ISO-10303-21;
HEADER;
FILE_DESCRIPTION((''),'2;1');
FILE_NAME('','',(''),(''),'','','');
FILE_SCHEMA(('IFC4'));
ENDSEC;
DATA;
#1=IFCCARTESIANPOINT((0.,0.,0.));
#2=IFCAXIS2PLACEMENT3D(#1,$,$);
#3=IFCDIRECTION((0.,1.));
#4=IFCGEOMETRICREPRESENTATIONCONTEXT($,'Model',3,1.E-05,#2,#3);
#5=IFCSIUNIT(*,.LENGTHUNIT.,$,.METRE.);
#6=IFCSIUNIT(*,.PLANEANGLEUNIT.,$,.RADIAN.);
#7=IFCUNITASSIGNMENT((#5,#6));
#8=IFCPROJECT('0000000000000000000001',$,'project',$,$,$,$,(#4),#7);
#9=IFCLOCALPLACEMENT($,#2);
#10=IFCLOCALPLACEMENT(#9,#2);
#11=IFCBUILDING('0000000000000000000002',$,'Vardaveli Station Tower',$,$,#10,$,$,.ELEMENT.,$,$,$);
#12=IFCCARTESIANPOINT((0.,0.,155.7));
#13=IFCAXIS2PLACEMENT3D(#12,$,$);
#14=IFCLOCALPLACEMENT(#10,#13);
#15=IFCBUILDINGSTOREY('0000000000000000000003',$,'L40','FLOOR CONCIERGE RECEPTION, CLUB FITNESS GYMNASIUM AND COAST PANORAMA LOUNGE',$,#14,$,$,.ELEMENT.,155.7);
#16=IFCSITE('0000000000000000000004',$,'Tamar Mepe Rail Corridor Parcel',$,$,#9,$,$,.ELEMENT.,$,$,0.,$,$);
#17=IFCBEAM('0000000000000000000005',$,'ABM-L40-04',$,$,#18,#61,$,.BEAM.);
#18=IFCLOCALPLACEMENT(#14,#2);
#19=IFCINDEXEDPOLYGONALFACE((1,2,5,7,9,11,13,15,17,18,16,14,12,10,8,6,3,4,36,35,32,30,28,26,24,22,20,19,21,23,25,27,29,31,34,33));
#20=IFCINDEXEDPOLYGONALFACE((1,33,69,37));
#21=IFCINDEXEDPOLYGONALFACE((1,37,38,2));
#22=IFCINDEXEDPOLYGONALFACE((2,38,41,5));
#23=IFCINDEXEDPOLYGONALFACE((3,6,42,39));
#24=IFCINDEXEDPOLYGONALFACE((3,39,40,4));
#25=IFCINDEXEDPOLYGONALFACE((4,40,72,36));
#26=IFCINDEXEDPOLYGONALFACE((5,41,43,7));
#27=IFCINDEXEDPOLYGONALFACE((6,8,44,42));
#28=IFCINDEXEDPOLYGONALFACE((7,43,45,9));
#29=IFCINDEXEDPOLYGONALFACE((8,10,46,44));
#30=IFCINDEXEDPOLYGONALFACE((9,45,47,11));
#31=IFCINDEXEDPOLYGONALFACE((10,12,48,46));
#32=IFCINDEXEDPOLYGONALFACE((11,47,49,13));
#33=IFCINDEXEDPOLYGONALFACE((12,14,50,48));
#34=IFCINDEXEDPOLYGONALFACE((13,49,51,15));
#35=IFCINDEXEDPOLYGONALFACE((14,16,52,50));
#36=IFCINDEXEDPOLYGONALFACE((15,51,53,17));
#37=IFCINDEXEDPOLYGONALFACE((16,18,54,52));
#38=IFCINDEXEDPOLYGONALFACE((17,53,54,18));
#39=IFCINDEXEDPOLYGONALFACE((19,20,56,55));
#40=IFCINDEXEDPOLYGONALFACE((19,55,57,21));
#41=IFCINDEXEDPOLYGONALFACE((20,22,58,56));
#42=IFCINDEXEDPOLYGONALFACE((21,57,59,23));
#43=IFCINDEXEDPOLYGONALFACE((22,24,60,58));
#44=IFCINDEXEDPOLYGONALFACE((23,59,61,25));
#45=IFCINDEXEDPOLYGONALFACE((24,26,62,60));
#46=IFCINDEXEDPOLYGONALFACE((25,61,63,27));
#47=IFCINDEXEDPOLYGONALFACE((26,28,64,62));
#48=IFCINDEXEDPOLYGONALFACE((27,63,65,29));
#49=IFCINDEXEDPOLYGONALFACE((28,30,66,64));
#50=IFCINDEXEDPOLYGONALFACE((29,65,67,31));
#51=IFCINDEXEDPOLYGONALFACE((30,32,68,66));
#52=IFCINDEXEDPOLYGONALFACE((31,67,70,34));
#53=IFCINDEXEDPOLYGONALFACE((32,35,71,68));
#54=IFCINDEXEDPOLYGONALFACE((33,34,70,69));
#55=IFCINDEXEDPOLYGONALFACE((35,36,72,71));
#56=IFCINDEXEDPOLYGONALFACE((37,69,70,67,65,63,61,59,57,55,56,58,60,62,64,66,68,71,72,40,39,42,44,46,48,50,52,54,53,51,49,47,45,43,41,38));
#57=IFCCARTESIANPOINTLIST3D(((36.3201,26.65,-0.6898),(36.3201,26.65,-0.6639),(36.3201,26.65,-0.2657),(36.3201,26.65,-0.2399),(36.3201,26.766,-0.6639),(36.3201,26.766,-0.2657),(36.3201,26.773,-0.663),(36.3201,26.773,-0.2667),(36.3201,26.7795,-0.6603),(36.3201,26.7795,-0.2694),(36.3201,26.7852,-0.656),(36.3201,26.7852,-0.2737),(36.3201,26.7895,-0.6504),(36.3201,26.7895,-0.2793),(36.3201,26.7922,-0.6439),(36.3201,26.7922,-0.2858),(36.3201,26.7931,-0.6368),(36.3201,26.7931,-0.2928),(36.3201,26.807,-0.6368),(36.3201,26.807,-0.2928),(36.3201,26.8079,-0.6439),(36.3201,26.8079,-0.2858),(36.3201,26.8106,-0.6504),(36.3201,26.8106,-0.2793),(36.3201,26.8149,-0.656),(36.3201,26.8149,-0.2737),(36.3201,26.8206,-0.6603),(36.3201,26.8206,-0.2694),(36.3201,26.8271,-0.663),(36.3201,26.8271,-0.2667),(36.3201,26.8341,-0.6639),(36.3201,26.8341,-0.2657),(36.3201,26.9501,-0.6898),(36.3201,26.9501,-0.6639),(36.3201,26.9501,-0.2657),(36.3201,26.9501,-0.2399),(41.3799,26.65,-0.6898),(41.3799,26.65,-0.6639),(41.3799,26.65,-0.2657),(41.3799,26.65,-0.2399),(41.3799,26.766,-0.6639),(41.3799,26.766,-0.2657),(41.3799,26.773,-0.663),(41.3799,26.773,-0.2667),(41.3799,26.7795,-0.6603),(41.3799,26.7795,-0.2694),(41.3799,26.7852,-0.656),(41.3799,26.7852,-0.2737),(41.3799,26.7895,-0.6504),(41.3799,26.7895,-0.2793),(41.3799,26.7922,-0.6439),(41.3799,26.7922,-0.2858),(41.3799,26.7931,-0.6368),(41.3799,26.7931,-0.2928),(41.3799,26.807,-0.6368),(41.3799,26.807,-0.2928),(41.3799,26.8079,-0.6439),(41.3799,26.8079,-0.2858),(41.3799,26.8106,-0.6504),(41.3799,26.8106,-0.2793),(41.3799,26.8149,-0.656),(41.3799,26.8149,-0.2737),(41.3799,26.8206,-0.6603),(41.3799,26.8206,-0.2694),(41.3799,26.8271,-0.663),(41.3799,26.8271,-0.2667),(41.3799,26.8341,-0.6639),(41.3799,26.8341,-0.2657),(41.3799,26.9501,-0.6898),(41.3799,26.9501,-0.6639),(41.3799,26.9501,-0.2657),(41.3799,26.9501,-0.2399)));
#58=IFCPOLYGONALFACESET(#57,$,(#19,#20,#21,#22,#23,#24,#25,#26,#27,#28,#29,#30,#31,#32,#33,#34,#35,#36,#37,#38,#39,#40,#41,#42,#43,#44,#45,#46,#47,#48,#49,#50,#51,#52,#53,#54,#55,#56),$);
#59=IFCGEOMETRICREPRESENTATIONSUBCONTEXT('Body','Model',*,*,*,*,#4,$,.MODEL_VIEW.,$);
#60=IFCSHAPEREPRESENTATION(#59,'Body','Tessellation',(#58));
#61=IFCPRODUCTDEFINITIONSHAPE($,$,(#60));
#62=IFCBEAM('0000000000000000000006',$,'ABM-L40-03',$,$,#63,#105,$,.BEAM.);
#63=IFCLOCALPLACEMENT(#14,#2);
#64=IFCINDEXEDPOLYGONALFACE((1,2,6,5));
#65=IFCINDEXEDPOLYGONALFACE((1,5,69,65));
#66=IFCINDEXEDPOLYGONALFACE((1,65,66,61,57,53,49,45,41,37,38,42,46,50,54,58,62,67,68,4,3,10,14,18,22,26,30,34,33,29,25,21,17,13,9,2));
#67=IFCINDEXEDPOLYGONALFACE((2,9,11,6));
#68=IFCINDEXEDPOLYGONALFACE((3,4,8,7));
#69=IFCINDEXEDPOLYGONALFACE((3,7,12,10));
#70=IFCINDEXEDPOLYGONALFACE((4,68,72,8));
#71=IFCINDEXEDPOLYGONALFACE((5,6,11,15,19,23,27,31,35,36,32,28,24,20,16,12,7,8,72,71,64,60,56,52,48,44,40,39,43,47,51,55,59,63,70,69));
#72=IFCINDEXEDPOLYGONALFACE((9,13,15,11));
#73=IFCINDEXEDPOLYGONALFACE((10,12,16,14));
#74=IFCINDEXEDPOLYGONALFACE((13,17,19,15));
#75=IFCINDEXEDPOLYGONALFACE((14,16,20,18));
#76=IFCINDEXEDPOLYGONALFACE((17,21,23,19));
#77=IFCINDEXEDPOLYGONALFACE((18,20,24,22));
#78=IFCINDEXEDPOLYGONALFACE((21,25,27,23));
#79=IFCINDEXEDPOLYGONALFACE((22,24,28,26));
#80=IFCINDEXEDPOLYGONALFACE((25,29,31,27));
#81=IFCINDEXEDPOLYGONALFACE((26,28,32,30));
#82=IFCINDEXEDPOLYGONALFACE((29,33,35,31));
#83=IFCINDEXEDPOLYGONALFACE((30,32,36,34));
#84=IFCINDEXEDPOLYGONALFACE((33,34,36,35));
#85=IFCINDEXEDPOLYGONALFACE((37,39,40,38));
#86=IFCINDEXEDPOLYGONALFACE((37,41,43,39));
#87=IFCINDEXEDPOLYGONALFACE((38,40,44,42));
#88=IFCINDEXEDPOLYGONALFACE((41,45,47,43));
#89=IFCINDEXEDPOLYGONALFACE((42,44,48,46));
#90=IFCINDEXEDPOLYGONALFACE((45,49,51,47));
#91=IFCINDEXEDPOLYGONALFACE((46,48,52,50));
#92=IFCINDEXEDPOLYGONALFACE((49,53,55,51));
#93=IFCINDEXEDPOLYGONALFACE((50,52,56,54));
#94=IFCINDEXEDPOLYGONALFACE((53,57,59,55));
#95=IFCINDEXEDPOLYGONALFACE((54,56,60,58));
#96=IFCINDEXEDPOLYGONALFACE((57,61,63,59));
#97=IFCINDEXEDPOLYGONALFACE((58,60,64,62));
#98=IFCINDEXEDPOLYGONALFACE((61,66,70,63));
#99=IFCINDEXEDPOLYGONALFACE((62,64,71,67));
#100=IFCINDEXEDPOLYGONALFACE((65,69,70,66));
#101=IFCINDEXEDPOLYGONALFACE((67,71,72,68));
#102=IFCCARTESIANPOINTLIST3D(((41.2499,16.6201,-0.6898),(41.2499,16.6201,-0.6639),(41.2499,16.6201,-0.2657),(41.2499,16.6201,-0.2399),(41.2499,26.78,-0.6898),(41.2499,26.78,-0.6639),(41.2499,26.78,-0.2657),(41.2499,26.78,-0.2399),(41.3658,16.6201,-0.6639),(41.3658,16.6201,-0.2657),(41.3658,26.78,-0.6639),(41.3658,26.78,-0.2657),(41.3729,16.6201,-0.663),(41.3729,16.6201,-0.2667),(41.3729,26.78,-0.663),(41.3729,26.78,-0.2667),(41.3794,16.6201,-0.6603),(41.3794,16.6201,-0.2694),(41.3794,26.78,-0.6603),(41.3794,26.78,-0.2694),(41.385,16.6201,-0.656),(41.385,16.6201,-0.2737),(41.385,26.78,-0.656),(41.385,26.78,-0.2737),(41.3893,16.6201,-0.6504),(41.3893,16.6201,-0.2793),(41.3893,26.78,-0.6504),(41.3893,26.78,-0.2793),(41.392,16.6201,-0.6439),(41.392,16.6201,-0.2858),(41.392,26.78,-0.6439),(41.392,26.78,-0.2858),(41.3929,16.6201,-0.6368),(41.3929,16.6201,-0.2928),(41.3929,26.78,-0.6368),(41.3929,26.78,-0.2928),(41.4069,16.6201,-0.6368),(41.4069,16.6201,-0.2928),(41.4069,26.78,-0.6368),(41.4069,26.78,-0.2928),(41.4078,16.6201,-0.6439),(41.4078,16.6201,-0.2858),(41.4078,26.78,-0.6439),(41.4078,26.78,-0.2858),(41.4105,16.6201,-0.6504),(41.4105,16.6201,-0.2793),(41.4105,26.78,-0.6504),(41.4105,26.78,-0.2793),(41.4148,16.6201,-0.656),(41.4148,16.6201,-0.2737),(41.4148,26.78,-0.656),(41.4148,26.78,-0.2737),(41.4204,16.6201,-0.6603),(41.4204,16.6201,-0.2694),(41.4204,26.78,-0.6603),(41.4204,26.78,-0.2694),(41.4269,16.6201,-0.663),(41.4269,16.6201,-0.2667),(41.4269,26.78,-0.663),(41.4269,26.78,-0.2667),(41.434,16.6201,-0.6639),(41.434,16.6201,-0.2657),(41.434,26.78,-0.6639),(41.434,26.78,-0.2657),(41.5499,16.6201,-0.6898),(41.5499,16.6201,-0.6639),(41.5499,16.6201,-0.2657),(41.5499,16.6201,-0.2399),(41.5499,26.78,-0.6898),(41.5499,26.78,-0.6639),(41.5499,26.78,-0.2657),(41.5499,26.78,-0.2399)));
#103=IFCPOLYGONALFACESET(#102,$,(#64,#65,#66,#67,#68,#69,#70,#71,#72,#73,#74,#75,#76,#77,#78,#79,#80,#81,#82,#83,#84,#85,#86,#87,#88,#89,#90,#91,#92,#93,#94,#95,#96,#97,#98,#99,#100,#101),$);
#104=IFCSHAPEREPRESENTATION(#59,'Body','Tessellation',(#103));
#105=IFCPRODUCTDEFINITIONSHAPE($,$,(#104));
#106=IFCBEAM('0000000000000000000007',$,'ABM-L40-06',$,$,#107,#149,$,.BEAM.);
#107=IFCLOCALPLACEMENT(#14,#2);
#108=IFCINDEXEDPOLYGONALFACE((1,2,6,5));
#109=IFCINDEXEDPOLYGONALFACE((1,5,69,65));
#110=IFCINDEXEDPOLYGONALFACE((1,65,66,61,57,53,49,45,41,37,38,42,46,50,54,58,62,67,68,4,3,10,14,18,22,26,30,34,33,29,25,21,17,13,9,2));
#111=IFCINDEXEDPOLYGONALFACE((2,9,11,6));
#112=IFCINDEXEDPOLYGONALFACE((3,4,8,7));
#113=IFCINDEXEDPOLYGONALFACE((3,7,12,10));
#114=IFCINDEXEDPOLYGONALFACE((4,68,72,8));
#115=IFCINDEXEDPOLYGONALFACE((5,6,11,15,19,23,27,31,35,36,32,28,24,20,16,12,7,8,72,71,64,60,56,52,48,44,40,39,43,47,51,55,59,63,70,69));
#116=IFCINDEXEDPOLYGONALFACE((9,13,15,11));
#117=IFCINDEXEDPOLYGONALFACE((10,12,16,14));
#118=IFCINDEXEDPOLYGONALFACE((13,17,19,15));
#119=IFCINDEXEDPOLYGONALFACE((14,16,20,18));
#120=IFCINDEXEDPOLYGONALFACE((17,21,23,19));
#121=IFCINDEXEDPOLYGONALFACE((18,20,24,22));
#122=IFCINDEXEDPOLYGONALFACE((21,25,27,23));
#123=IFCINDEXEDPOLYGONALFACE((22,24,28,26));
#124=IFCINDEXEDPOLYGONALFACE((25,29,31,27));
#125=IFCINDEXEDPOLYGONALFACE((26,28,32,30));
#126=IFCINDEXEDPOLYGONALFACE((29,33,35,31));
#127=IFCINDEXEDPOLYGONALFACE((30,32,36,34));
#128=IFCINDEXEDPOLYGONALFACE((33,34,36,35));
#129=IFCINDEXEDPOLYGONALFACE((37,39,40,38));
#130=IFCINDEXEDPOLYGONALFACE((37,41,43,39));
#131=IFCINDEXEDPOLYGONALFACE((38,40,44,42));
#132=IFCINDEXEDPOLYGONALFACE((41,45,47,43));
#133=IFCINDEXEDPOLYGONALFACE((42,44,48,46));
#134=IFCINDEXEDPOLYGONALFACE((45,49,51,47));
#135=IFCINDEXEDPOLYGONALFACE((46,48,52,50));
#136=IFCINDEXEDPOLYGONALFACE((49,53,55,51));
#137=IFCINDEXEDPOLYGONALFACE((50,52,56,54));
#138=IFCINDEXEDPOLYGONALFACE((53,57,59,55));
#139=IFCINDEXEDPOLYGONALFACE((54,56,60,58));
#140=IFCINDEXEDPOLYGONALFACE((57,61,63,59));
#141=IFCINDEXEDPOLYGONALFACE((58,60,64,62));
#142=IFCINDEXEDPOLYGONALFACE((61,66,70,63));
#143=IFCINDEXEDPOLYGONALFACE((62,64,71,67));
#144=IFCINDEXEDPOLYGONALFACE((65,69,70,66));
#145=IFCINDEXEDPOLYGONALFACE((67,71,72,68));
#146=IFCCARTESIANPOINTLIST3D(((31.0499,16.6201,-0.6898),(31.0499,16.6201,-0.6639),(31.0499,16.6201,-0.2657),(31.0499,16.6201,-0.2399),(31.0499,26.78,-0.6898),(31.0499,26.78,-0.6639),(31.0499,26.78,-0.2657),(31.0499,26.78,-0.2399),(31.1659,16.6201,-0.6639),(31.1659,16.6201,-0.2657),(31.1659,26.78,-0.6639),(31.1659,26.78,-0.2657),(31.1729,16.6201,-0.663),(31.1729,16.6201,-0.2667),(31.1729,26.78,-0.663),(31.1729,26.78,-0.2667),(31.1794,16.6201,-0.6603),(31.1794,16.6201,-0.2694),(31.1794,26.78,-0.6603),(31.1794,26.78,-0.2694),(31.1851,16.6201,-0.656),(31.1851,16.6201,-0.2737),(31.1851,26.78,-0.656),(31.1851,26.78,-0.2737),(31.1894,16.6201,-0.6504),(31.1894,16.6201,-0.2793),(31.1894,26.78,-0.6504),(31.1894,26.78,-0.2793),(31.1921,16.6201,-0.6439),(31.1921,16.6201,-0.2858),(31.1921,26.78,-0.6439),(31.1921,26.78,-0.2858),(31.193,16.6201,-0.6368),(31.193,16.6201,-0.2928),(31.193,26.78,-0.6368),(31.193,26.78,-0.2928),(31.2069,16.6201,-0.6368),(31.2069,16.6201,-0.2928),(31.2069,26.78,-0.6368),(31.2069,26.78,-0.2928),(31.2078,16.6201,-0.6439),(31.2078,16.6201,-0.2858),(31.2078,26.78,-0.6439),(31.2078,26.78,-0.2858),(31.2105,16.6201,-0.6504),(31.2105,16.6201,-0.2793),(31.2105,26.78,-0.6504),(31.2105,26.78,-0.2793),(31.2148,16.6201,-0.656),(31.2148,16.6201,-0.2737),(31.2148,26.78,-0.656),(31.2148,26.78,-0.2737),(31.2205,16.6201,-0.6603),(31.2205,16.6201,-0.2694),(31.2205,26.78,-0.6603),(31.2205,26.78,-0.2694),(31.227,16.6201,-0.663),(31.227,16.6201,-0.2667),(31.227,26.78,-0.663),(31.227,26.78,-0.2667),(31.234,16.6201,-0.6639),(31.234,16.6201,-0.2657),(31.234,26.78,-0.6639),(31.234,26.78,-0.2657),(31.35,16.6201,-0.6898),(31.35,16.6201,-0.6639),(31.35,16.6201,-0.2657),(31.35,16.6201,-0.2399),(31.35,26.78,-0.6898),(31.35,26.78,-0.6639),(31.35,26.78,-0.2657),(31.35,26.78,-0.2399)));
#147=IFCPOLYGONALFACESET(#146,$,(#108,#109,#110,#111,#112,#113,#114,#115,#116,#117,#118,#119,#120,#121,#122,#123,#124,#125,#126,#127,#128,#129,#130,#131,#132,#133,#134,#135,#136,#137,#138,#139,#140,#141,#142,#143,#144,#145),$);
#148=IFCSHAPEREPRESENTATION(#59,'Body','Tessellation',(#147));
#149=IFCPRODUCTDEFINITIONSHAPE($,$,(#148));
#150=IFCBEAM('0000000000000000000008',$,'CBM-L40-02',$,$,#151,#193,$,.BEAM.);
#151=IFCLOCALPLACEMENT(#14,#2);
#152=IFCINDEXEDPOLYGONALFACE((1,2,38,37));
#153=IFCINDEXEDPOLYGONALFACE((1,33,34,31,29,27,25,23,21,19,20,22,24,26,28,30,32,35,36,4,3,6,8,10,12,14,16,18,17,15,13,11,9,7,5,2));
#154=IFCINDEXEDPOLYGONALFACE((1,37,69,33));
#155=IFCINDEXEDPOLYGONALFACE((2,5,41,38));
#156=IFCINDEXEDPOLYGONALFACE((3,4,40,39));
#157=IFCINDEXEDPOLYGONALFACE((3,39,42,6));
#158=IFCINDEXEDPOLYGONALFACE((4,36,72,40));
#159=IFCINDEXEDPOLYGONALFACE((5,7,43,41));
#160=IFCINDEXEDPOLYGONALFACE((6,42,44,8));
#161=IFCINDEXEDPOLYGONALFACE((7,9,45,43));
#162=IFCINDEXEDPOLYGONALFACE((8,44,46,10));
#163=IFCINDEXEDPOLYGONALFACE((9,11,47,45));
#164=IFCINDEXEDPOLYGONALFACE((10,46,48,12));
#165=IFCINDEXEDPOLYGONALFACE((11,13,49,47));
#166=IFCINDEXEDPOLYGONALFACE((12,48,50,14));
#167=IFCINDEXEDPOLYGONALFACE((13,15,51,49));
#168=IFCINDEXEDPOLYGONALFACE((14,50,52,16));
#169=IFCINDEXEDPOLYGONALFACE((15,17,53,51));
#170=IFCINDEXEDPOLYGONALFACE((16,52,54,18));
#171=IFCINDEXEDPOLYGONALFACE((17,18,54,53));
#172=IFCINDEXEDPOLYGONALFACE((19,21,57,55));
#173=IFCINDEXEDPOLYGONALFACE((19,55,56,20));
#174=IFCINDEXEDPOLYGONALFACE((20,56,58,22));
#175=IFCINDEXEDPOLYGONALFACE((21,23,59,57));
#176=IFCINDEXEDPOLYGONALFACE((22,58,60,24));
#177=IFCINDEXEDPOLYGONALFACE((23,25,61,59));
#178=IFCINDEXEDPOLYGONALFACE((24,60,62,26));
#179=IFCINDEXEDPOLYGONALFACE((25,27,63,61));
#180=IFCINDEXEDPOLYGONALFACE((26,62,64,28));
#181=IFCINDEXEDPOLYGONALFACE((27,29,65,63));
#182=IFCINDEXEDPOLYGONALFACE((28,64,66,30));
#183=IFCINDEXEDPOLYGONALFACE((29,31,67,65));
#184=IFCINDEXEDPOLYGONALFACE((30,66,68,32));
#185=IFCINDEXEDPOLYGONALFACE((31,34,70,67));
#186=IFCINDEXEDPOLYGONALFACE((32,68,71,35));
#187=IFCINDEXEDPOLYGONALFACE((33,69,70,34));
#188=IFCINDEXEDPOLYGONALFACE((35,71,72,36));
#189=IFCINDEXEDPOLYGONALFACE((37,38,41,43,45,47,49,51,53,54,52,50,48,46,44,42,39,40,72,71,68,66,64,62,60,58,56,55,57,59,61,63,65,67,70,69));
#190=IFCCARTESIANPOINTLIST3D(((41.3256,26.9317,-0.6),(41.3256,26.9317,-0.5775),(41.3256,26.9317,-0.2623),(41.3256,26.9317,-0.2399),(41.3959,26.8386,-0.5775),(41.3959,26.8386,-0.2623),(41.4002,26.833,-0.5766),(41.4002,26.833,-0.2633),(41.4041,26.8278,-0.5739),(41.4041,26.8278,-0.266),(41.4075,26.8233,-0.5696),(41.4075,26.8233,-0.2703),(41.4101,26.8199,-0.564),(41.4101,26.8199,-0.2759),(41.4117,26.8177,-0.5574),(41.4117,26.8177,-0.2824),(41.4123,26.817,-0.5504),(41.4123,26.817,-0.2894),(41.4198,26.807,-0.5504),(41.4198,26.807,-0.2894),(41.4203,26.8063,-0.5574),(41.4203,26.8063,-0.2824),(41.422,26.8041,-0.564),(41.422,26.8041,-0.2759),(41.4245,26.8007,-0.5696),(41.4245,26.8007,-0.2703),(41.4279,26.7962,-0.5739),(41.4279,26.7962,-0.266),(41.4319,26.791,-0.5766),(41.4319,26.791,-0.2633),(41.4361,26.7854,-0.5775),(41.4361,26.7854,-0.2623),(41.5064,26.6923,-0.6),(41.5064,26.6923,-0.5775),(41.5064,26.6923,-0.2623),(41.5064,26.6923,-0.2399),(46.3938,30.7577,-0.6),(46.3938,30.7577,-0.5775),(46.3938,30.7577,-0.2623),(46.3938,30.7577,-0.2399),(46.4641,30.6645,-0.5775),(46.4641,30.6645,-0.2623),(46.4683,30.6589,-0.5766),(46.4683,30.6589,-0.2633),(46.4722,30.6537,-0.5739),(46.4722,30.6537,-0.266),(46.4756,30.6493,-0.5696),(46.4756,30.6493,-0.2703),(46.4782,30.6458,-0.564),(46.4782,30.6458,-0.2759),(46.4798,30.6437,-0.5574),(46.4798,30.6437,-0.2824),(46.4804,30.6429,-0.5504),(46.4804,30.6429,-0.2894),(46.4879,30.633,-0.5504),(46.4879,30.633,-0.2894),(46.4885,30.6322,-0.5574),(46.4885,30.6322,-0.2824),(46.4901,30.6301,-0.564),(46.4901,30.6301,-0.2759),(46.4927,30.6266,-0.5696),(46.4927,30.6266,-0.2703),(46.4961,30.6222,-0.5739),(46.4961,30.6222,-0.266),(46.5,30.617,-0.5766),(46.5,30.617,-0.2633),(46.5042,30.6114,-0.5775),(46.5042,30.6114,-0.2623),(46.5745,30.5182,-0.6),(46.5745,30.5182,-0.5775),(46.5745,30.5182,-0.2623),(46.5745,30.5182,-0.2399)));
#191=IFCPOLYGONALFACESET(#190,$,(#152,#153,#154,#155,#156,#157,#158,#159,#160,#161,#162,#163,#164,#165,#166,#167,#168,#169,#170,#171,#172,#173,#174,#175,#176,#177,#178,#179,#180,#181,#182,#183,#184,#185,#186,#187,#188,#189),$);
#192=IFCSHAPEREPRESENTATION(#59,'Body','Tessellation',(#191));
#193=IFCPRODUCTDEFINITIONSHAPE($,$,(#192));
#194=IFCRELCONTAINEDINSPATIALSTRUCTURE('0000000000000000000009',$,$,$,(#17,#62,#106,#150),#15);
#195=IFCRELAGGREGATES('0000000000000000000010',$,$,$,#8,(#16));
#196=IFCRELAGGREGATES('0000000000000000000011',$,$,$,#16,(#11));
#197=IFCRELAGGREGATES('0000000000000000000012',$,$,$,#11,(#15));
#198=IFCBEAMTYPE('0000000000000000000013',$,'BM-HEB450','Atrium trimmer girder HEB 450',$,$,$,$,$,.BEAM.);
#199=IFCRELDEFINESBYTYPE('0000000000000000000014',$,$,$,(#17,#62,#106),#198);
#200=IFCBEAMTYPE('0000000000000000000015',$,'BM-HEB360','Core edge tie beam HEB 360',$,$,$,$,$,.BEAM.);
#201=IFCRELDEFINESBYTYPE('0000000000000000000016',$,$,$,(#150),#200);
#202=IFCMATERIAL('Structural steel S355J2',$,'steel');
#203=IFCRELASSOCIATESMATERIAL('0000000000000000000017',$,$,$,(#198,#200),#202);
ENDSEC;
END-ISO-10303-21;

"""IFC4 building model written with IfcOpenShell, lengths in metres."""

from ifc_helpers import new_model, si_unit, direction, frame, origin, origin_2d, place, context, subcontext, project, spatial, i_section, extrude, source, transform, mapped, material, material_profile, profile_set, type_object, element, save


model = new_model("IFC4")

# Units and contexts
model_context = context("Model", 3, precision=1e-05, world=origin(), true_north=direction((0.0, 1.0)))
body_context = subcontext(model_context, "Body", "Model", "MODEL_VIEW")
ifc_project = project(units=[si_unit("LENGTHUNIT", "METRE"), si_unit("PLANEANGLEUNIT", "RADIAN")], contexts=[model_context])

# Site, building, storey
site_placement = place(None, origin())
site = spatial("IfcSite", under=ifc_project, at=site_placement, Name="Tamar Mepe Rail Corridor Parcel", CompositionType="ELEMENT", RefElevation=0.0)
building_placement = place(site_placement, origin())
building = spatial("IfcBuilding", under=site, at=building_placement, Name="Vardaveli Station Tower", CompositionType="ELEMENT")
storey_placement = place(building_placement, frame((0.0, 0.0, 155.7)))
storey = spatial("IfcBuildingStorey", under=building, at=storey_placement, Name="L40", Description="FLOOR CONCIERGE RECEPTION, CLUB FITNESS GYMNASIUM AND COAST PANORAMA LOUNGE", CompositionType="ELEMENT", Elevation=155.7)

# Beams
ifc_material_1 = material(Name="Structural steel S355J2", Category="steel")
ifc_material_profile_1 = material_profile(ifc_material_1, i_section(OverallWidth=0.3, OverallDepth=0.45, WebThickness=0.0139, FlangeThickness=0.0259, FilletRadius=0.0271, at=origin_2d()), Name="HEB 450")
ifc_profile_set_1 = profile_set([ifc_material_profile_1], Name="Structural steel S355J2")
beam_type_1 = type_object("IfcBeamType", Name="BM-HEB450", Description="Atrium trimmer girder HEB 450", PredefinedType="BEAM", material=ifc_profile_set_1)
shared_shape_1 = source(origin(), body_context, "Body", "SweptSolid", [
    extrude(i_section(OverallWidth=0.3, OverallDepth=0.45, WebThickness=0.0139, FlangeThickness=0.0259, FilletRadius=0.0271, at=origin_2d()), origin(), (0.0, 0.0, 1.0), 5.0598),
])
for number, where, z_axis, x_axis, name in (
    (1, (41.3799, 26.8, -0.4648), (-1.0, 0.0, 0.0), (0.0, -1.0, 0.0), "ABM-L40-04"),
):
    element("IfcBeam", number, at=place(storey_placement, frame(where, z_axis=z_axis, x_axis=x_axis)), inside=storey, type_object=beam_type_1, Name=name, PredefinedType="BEAM", context=body_context, shape_type="MappedRepresentation", body=[
        mapped(shared_shape_1, transform((0.0, 0.0, 0.0), scale=1.0)),
    ])
shared_shape_2 = source(origin(), body_context, "Body", "SweptSolid", [
    extrude(i_section(OverallWidth=0.3, OverallDepth=0.45, WebThickness=0.0139, FlangeThickness=0.0259, FilletRadius=0.0271, at=origin_2d()), origin(), (0.0, 0.0, 1.0), 10.1599),
])
for number, where, z_axis, x_axis, name in (
    (2, (41.3999, 16.6201, -0.4648), (0.0, 1.0, 0.0), (-1.0, 0.0, 0.0), "ABM-L40-03"),
    (3, (31.2, 26.78, -0.4648), (0.0, -1.0, 0.0), (1.0, 0.0, 0.0), "ABM-L40-06"),
):
    element("IfcBeam", number, at=place(storey_placement, frame(where, z_axis=z_axis, x_axis=x_axis)), inside=storey, type_object=beam_type_1, Name=name, PredefinedType="BEAM", context=body_context, shape_type="MappedRepresentation", body=[
        mapped(shared_shape_2, transform((0.0, 0.0, 0.0), scale=1.0)),
    ])
ifc_material_profile_2 = material_profile(ifc_material_1, i_section(OverallWidth=0.3, OverallDepth=0.3601, WebThickness=0.0125, FlangeThickness=0.0225, FilletRadius=0.0271, at=origin_2d()), Name="HEB 360")
ifc_profile_set_2 = profile_set([ifc_material_profile_2], Name="Structural steel S355J2")
beam_type_2 = type_object("IfcBeamType", Name="BM-HEB360", Description="Core edge tie beam HEB 360", PredefinedType="BEAM", material=ifc_profile_set_2)
shared_shape_3 = source(origin(), body_context, "Body", "SweptSolid", [
    extrude(i_section(OverallWidth=0.3, OverallDepth=0.3601, WebThickness=0.0125, FlangeThickness=0.0225, FilletRadius=0.0271, at=origin_2d()), origin(), (0.0, 0.0, 1.0), 6.3501),
])
beam_placement = place(storey_placement, frame((41.416, 26.812, -0.4199), z_axis=(0.798118, 0.602501, 0.0), x_axis=(-0.602501, 0.798118, 0.0)))
element("IfcBeam", 4, at=beam_placement, inside=storey, type_object=beam_type_2, Name="CBM-L40-02", PredefinedType="BEAM", context=body_context, shape_type="MappedRepresentation", body=[
    mapped(shared_shape_3, transform((0.0, 0.0, 0.0), scale=1.0)),
])

save(model, "model.ifc")
